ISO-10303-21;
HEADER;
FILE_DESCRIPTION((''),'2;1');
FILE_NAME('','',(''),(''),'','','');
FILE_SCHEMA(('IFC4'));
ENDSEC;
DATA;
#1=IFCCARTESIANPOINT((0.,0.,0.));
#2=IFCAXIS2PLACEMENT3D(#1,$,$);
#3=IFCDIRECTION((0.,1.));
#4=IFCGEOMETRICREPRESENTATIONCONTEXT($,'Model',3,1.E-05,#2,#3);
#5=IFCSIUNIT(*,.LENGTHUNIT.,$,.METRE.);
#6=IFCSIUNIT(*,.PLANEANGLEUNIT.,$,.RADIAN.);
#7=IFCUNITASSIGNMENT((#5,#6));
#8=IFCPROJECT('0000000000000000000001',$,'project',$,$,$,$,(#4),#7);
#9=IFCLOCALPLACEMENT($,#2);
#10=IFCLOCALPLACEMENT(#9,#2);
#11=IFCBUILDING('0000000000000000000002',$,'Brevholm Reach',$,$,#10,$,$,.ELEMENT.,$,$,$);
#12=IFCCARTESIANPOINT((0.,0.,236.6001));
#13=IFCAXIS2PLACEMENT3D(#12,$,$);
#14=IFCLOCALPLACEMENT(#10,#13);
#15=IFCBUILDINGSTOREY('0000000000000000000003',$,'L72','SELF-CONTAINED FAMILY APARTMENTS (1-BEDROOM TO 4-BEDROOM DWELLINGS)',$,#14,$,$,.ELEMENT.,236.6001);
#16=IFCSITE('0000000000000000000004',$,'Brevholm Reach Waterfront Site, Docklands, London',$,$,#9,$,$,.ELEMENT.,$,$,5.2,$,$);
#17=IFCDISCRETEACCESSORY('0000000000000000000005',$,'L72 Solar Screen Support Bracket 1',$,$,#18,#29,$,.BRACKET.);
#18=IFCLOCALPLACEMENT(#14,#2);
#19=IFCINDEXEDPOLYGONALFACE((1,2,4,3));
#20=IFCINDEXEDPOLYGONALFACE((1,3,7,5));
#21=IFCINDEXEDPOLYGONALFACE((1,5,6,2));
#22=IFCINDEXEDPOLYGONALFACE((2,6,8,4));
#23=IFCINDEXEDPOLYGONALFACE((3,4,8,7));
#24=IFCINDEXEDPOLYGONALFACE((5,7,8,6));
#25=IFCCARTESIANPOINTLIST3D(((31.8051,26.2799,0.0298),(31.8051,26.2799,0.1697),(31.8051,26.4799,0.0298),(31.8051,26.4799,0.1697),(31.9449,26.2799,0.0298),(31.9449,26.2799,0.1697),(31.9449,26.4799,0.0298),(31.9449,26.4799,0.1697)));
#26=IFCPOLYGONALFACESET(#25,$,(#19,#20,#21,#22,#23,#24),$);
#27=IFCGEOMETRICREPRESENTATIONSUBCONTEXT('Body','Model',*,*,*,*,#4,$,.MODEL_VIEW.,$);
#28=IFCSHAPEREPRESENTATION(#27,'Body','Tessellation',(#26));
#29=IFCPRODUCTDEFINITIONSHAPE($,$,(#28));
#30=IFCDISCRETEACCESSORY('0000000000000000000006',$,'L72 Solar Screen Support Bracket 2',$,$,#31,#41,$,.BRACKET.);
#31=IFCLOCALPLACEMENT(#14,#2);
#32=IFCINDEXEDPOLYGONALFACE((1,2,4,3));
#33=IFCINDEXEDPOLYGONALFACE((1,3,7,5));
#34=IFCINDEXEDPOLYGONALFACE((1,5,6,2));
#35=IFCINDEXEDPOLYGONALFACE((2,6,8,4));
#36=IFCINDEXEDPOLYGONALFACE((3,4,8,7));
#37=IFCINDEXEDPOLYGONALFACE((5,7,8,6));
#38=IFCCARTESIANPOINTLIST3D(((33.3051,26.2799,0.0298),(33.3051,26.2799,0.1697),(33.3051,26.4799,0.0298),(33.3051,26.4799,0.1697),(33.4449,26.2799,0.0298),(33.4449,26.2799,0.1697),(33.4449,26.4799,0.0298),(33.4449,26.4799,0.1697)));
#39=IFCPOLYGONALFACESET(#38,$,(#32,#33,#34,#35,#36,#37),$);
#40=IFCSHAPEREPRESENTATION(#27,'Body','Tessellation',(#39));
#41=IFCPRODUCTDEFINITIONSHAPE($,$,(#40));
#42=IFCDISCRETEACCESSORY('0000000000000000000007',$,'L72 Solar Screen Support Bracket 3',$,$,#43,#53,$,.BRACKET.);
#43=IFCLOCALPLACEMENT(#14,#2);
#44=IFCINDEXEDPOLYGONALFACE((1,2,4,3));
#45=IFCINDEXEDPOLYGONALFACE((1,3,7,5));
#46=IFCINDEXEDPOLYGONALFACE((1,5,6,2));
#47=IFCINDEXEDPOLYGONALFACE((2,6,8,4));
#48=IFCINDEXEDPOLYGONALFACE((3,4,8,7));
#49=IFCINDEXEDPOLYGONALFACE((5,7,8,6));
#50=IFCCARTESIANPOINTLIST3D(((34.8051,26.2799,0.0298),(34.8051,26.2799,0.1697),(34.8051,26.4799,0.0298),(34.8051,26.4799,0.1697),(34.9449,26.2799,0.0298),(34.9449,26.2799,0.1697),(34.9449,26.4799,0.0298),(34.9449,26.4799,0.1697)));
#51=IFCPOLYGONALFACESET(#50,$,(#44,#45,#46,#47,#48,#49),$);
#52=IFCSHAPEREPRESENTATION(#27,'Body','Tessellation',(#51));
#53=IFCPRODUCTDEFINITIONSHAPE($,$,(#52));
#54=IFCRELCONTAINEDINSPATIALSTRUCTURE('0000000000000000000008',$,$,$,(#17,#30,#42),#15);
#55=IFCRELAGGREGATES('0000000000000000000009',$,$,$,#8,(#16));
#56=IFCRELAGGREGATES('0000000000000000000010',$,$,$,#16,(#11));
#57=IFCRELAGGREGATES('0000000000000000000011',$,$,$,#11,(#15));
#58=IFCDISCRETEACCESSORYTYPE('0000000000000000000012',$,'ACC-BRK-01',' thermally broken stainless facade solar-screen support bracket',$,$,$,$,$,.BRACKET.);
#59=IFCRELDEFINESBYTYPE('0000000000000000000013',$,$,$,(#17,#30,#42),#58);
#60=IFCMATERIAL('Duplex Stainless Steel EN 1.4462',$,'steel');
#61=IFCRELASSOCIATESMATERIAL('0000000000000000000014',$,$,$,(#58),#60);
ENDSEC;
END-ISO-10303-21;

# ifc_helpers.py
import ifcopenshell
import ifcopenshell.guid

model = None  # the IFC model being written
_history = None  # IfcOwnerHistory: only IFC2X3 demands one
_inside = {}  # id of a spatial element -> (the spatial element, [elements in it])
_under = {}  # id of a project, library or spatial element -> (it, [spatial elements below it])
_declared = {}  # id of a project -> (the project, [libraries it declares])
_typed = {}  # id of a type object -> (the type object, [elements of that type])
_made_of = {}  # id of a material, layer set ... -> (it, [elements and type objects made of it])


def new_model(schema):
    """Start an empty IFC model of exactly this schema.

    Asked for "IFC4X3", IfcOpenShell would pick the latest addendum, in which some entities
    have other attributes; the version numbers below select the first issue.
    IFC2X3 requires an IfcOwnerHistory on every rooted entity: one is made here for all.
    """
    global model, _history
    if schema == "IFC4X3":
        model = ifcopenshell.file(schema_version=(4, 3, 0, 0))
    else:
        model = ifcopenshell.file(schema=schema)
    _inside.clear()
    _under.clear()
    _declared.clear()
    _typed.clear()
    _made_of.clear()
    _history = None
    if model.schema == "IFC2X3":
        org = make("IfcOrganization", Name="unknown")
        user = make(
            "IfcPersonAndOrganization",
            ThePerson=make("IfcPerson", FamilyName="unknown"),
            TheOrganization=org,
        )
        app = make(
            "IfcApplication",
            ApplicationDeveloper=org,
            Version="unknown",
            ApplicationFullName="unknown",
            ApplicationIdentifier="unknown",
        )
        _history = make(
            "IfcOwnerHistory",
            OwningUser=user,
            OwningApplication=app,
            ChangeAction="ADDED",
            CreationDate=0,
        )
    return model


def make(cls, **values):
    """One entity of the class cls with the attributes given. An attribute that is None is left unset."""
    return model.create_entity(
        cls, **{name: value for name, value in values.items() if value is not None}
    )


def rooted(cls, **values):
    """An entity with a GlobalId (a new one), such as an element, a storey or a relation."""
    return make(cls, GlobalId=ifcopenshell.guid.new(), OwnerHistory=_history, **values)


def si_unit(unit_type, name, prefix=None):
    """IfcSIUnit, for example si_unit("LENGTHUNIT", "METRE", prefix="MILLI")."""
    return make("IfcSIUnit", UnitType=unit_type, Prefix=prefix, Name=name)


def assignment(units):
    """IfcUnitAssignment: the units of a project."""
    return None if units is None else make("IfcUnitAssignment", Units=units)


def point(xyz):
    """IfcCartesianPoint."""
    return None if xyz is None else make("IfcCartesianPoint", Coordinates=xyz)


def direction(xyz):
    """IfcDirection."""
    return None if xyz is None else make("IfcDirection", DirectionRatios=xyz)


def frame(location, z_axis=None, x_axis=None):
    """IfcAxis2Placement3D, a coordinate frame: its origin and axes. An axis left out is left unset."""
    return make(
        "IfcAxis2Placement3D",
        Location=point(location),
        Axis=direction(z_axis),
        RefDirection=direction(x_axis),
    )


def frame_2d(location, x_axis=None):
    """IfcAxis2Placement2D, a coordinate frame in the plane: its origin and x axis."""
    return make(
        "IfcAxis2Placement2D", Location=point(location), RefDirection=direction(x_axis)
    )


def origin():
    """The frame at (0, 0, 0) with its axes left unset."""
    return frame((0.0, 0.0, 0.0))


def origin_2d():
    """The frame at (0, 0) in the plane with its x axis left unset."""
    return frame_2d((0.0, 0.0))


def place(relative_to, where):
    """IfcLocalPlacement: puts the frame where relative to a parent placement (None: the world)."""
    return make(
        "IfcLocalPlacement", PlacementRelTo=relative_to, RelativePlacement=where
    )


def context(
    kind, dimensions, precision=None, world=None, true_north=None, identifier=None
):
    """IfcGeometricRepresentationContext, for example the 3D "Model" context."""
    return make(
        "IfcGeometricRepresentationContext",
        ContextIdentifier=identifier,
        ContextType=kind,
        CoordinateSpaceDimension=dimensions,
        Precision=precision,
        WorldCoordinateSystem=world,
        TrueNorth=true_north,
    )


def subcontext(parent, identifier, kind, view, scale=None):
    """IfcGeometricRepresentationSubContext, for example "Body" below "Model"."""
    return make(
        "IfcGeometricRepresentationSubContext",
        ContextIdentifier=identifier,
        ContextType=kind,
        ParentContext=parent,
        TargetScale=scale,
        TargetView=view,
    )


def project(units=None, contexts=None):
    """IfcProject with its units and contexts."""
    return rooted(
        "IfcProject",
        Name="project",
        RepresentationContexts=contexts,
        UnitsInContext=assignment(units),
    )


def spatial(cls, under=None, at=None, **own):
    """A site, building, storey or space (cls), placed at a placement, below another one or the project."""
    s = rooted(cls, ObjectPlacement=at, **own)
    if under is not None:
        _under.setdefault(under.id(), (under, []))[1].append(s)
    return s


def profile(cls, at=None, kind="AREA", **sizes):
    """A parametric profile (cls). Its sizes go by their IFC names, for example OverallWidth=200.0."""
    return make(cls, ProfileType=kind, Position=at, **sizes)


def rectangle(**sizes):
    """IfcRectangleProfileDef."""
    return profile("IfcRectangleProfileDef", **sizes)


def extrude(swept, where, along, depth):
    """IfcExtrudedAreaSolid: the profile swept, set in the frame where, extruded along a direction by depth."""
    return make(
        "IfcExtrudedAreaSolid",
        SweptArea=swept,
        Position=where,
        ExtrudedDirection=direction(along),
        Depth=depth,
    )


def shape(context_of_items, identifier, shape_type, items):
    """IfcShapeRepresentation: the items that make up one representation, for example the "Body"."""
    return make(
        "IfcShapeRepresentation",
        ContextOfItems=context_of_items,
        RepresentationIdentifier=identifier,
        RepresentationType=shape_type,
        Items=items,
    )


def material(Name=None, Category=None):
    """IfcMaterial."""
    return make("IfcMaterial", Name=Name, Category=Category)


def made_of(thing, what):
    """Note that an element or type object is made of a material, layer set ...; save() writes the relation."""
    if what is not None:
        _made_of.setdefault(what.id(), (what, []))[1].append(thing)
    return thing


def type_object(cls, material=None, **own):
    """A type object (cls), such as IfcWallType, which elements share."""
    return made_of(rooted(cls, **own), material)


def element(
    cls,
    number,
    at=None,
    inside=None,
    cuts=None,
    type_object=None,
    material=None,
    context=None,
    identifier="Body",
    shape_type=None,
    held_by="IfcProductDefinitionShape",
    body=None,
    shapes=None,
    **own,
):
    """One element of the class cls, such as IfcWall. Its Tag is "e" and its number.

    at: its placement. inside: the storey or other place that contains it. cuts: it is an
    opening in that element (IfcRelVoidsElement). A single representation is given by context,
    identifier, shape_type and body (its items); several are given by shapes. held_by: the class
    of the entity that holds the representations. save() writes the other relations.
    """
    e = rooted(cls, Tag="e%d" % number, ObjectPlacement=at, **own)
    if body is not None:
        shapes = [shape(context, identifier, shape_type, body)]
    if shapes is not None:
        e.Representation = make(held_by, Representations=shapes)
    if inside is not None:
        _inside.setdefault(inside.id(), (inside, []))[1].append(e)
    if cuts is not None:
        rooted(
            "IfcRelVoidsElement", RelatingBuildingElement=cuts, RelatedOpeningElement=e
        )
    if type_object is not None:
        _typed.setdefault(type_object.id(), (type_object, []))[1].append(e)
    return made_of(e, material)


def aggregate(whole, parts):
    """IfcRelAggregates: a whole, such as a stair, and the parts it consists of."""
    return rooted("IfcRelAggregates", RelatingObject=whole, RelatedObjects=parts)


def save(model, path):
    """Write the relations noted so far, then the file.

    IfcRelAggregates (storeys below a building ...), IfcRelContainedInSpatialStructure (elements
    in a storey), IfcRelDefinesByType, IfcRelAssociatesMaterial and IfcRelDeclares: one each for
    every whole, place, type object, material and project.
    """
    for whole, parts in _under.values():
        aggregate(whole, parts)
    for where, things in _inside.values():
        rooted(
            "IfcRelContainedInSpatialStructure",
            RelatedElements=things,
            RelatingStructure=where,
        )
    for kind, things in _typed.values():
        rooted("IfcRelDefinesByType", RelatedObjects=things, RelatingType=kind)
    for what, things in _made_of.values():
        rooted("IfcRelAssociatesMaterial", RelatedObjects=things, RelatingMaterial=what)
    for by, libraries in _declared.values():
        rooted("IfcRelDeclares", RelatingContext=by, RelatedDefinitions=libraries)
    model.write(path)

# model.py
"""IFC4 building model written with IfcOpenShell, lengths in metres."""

from ifc_helpers import new_model, si_unit, direction, frame, origin, origin_2d, place, context, subcontext, project, spatial, rectangle, extrude, material, type_object, element, save


model = new_model("IFC4")

# Units and contexts
model_context = context("Model", 3, precision=1e-05, world=origin(), true_north=direction((0.0, 1.0)))
body_context = subcontext(model_context, "Body", "Model", "MODEL_VIEW")
ifc_project = project(units=[si_unit("LENGTHUNIT", "METRE"), si_unit("PLANEANGLEUNIT", "RADIAN")], contexts=[model_context])

# Site, building, storey
site_placement = place(None, origin())
site = spatial("IfcSite", under=ifc_project, at=site_placement, Name="Brevholm Reach Waterfront Site, Docklands, London", CompositionType="ELEMENT", RefElevation=5.2)
building_placement = place(site_placement, origin())
building = spatial("IfcBuilding", under=site, at=building_placement, Name="Brevholm Reach", CompositionType="ELEMENT")
storey_placement = place(building_placement, frame((0.0, 0.0, 236.6001)))
storey = spatial("IfcBuildingStorey", under=building, at=storey_placement, Name="L72", Description="SELF-CONTAINED FAMILY APARTMENTS (1-BEDROOM TO 4-BEDROOM DWELLINGS)", CompositionType="ELEMENT", Elevation=236.6001)

# Discrete accessories
ifc_material_1 = material(Name="Duplex Stainless Steel EN 1.4462", Category="steel")
discrete_accessory_type = type_object("IfcDiscreteAccessoryType", Name="ACC-BRK-01", Description=" thermally broken stainless facade solar-screen support bracket", PredefinedType="BRACKET", material=ifc_material_1)
for number, where, z_axis, x_axis, name in (
    (1, (31.875, 26.3799, 0.0298), (0.0, 0.0, 1.0), (0.0, 1.0, 0.0), "L72 Solar Screen Support Bracket 1"),
    (2, (33.375, 26.3799, 0.0298), (0.0, 0.0, 1.0), (0.0, 1.0, 0.0), "L72 Solar Screen Support Bracket 2"),
    (3, (34.875, 26.3799, 0.0298), (0.0, 0.0, 1.0), (0.0, 1.0, 0.0), "L72 Solar Screen Support Bracket 3"),
):
    element("IfcDiscreteAccessory", number, at=place(storey_placement, frame(where, z_axis=z_axis, x_axis=x_axis)), inside=storey, type_object=discrete_accessory_type, Name=name, PredefinedType="BRACKET", context=body_context, shape_type="SweptSolid", body=[
        extrude(rectangle(XDim=0.2, YDim=0.1399, at=origin_2d()), origin(), (0.0, 0.0, 1.0), 0.1399),
    ])

save(model, "model.ifc")
